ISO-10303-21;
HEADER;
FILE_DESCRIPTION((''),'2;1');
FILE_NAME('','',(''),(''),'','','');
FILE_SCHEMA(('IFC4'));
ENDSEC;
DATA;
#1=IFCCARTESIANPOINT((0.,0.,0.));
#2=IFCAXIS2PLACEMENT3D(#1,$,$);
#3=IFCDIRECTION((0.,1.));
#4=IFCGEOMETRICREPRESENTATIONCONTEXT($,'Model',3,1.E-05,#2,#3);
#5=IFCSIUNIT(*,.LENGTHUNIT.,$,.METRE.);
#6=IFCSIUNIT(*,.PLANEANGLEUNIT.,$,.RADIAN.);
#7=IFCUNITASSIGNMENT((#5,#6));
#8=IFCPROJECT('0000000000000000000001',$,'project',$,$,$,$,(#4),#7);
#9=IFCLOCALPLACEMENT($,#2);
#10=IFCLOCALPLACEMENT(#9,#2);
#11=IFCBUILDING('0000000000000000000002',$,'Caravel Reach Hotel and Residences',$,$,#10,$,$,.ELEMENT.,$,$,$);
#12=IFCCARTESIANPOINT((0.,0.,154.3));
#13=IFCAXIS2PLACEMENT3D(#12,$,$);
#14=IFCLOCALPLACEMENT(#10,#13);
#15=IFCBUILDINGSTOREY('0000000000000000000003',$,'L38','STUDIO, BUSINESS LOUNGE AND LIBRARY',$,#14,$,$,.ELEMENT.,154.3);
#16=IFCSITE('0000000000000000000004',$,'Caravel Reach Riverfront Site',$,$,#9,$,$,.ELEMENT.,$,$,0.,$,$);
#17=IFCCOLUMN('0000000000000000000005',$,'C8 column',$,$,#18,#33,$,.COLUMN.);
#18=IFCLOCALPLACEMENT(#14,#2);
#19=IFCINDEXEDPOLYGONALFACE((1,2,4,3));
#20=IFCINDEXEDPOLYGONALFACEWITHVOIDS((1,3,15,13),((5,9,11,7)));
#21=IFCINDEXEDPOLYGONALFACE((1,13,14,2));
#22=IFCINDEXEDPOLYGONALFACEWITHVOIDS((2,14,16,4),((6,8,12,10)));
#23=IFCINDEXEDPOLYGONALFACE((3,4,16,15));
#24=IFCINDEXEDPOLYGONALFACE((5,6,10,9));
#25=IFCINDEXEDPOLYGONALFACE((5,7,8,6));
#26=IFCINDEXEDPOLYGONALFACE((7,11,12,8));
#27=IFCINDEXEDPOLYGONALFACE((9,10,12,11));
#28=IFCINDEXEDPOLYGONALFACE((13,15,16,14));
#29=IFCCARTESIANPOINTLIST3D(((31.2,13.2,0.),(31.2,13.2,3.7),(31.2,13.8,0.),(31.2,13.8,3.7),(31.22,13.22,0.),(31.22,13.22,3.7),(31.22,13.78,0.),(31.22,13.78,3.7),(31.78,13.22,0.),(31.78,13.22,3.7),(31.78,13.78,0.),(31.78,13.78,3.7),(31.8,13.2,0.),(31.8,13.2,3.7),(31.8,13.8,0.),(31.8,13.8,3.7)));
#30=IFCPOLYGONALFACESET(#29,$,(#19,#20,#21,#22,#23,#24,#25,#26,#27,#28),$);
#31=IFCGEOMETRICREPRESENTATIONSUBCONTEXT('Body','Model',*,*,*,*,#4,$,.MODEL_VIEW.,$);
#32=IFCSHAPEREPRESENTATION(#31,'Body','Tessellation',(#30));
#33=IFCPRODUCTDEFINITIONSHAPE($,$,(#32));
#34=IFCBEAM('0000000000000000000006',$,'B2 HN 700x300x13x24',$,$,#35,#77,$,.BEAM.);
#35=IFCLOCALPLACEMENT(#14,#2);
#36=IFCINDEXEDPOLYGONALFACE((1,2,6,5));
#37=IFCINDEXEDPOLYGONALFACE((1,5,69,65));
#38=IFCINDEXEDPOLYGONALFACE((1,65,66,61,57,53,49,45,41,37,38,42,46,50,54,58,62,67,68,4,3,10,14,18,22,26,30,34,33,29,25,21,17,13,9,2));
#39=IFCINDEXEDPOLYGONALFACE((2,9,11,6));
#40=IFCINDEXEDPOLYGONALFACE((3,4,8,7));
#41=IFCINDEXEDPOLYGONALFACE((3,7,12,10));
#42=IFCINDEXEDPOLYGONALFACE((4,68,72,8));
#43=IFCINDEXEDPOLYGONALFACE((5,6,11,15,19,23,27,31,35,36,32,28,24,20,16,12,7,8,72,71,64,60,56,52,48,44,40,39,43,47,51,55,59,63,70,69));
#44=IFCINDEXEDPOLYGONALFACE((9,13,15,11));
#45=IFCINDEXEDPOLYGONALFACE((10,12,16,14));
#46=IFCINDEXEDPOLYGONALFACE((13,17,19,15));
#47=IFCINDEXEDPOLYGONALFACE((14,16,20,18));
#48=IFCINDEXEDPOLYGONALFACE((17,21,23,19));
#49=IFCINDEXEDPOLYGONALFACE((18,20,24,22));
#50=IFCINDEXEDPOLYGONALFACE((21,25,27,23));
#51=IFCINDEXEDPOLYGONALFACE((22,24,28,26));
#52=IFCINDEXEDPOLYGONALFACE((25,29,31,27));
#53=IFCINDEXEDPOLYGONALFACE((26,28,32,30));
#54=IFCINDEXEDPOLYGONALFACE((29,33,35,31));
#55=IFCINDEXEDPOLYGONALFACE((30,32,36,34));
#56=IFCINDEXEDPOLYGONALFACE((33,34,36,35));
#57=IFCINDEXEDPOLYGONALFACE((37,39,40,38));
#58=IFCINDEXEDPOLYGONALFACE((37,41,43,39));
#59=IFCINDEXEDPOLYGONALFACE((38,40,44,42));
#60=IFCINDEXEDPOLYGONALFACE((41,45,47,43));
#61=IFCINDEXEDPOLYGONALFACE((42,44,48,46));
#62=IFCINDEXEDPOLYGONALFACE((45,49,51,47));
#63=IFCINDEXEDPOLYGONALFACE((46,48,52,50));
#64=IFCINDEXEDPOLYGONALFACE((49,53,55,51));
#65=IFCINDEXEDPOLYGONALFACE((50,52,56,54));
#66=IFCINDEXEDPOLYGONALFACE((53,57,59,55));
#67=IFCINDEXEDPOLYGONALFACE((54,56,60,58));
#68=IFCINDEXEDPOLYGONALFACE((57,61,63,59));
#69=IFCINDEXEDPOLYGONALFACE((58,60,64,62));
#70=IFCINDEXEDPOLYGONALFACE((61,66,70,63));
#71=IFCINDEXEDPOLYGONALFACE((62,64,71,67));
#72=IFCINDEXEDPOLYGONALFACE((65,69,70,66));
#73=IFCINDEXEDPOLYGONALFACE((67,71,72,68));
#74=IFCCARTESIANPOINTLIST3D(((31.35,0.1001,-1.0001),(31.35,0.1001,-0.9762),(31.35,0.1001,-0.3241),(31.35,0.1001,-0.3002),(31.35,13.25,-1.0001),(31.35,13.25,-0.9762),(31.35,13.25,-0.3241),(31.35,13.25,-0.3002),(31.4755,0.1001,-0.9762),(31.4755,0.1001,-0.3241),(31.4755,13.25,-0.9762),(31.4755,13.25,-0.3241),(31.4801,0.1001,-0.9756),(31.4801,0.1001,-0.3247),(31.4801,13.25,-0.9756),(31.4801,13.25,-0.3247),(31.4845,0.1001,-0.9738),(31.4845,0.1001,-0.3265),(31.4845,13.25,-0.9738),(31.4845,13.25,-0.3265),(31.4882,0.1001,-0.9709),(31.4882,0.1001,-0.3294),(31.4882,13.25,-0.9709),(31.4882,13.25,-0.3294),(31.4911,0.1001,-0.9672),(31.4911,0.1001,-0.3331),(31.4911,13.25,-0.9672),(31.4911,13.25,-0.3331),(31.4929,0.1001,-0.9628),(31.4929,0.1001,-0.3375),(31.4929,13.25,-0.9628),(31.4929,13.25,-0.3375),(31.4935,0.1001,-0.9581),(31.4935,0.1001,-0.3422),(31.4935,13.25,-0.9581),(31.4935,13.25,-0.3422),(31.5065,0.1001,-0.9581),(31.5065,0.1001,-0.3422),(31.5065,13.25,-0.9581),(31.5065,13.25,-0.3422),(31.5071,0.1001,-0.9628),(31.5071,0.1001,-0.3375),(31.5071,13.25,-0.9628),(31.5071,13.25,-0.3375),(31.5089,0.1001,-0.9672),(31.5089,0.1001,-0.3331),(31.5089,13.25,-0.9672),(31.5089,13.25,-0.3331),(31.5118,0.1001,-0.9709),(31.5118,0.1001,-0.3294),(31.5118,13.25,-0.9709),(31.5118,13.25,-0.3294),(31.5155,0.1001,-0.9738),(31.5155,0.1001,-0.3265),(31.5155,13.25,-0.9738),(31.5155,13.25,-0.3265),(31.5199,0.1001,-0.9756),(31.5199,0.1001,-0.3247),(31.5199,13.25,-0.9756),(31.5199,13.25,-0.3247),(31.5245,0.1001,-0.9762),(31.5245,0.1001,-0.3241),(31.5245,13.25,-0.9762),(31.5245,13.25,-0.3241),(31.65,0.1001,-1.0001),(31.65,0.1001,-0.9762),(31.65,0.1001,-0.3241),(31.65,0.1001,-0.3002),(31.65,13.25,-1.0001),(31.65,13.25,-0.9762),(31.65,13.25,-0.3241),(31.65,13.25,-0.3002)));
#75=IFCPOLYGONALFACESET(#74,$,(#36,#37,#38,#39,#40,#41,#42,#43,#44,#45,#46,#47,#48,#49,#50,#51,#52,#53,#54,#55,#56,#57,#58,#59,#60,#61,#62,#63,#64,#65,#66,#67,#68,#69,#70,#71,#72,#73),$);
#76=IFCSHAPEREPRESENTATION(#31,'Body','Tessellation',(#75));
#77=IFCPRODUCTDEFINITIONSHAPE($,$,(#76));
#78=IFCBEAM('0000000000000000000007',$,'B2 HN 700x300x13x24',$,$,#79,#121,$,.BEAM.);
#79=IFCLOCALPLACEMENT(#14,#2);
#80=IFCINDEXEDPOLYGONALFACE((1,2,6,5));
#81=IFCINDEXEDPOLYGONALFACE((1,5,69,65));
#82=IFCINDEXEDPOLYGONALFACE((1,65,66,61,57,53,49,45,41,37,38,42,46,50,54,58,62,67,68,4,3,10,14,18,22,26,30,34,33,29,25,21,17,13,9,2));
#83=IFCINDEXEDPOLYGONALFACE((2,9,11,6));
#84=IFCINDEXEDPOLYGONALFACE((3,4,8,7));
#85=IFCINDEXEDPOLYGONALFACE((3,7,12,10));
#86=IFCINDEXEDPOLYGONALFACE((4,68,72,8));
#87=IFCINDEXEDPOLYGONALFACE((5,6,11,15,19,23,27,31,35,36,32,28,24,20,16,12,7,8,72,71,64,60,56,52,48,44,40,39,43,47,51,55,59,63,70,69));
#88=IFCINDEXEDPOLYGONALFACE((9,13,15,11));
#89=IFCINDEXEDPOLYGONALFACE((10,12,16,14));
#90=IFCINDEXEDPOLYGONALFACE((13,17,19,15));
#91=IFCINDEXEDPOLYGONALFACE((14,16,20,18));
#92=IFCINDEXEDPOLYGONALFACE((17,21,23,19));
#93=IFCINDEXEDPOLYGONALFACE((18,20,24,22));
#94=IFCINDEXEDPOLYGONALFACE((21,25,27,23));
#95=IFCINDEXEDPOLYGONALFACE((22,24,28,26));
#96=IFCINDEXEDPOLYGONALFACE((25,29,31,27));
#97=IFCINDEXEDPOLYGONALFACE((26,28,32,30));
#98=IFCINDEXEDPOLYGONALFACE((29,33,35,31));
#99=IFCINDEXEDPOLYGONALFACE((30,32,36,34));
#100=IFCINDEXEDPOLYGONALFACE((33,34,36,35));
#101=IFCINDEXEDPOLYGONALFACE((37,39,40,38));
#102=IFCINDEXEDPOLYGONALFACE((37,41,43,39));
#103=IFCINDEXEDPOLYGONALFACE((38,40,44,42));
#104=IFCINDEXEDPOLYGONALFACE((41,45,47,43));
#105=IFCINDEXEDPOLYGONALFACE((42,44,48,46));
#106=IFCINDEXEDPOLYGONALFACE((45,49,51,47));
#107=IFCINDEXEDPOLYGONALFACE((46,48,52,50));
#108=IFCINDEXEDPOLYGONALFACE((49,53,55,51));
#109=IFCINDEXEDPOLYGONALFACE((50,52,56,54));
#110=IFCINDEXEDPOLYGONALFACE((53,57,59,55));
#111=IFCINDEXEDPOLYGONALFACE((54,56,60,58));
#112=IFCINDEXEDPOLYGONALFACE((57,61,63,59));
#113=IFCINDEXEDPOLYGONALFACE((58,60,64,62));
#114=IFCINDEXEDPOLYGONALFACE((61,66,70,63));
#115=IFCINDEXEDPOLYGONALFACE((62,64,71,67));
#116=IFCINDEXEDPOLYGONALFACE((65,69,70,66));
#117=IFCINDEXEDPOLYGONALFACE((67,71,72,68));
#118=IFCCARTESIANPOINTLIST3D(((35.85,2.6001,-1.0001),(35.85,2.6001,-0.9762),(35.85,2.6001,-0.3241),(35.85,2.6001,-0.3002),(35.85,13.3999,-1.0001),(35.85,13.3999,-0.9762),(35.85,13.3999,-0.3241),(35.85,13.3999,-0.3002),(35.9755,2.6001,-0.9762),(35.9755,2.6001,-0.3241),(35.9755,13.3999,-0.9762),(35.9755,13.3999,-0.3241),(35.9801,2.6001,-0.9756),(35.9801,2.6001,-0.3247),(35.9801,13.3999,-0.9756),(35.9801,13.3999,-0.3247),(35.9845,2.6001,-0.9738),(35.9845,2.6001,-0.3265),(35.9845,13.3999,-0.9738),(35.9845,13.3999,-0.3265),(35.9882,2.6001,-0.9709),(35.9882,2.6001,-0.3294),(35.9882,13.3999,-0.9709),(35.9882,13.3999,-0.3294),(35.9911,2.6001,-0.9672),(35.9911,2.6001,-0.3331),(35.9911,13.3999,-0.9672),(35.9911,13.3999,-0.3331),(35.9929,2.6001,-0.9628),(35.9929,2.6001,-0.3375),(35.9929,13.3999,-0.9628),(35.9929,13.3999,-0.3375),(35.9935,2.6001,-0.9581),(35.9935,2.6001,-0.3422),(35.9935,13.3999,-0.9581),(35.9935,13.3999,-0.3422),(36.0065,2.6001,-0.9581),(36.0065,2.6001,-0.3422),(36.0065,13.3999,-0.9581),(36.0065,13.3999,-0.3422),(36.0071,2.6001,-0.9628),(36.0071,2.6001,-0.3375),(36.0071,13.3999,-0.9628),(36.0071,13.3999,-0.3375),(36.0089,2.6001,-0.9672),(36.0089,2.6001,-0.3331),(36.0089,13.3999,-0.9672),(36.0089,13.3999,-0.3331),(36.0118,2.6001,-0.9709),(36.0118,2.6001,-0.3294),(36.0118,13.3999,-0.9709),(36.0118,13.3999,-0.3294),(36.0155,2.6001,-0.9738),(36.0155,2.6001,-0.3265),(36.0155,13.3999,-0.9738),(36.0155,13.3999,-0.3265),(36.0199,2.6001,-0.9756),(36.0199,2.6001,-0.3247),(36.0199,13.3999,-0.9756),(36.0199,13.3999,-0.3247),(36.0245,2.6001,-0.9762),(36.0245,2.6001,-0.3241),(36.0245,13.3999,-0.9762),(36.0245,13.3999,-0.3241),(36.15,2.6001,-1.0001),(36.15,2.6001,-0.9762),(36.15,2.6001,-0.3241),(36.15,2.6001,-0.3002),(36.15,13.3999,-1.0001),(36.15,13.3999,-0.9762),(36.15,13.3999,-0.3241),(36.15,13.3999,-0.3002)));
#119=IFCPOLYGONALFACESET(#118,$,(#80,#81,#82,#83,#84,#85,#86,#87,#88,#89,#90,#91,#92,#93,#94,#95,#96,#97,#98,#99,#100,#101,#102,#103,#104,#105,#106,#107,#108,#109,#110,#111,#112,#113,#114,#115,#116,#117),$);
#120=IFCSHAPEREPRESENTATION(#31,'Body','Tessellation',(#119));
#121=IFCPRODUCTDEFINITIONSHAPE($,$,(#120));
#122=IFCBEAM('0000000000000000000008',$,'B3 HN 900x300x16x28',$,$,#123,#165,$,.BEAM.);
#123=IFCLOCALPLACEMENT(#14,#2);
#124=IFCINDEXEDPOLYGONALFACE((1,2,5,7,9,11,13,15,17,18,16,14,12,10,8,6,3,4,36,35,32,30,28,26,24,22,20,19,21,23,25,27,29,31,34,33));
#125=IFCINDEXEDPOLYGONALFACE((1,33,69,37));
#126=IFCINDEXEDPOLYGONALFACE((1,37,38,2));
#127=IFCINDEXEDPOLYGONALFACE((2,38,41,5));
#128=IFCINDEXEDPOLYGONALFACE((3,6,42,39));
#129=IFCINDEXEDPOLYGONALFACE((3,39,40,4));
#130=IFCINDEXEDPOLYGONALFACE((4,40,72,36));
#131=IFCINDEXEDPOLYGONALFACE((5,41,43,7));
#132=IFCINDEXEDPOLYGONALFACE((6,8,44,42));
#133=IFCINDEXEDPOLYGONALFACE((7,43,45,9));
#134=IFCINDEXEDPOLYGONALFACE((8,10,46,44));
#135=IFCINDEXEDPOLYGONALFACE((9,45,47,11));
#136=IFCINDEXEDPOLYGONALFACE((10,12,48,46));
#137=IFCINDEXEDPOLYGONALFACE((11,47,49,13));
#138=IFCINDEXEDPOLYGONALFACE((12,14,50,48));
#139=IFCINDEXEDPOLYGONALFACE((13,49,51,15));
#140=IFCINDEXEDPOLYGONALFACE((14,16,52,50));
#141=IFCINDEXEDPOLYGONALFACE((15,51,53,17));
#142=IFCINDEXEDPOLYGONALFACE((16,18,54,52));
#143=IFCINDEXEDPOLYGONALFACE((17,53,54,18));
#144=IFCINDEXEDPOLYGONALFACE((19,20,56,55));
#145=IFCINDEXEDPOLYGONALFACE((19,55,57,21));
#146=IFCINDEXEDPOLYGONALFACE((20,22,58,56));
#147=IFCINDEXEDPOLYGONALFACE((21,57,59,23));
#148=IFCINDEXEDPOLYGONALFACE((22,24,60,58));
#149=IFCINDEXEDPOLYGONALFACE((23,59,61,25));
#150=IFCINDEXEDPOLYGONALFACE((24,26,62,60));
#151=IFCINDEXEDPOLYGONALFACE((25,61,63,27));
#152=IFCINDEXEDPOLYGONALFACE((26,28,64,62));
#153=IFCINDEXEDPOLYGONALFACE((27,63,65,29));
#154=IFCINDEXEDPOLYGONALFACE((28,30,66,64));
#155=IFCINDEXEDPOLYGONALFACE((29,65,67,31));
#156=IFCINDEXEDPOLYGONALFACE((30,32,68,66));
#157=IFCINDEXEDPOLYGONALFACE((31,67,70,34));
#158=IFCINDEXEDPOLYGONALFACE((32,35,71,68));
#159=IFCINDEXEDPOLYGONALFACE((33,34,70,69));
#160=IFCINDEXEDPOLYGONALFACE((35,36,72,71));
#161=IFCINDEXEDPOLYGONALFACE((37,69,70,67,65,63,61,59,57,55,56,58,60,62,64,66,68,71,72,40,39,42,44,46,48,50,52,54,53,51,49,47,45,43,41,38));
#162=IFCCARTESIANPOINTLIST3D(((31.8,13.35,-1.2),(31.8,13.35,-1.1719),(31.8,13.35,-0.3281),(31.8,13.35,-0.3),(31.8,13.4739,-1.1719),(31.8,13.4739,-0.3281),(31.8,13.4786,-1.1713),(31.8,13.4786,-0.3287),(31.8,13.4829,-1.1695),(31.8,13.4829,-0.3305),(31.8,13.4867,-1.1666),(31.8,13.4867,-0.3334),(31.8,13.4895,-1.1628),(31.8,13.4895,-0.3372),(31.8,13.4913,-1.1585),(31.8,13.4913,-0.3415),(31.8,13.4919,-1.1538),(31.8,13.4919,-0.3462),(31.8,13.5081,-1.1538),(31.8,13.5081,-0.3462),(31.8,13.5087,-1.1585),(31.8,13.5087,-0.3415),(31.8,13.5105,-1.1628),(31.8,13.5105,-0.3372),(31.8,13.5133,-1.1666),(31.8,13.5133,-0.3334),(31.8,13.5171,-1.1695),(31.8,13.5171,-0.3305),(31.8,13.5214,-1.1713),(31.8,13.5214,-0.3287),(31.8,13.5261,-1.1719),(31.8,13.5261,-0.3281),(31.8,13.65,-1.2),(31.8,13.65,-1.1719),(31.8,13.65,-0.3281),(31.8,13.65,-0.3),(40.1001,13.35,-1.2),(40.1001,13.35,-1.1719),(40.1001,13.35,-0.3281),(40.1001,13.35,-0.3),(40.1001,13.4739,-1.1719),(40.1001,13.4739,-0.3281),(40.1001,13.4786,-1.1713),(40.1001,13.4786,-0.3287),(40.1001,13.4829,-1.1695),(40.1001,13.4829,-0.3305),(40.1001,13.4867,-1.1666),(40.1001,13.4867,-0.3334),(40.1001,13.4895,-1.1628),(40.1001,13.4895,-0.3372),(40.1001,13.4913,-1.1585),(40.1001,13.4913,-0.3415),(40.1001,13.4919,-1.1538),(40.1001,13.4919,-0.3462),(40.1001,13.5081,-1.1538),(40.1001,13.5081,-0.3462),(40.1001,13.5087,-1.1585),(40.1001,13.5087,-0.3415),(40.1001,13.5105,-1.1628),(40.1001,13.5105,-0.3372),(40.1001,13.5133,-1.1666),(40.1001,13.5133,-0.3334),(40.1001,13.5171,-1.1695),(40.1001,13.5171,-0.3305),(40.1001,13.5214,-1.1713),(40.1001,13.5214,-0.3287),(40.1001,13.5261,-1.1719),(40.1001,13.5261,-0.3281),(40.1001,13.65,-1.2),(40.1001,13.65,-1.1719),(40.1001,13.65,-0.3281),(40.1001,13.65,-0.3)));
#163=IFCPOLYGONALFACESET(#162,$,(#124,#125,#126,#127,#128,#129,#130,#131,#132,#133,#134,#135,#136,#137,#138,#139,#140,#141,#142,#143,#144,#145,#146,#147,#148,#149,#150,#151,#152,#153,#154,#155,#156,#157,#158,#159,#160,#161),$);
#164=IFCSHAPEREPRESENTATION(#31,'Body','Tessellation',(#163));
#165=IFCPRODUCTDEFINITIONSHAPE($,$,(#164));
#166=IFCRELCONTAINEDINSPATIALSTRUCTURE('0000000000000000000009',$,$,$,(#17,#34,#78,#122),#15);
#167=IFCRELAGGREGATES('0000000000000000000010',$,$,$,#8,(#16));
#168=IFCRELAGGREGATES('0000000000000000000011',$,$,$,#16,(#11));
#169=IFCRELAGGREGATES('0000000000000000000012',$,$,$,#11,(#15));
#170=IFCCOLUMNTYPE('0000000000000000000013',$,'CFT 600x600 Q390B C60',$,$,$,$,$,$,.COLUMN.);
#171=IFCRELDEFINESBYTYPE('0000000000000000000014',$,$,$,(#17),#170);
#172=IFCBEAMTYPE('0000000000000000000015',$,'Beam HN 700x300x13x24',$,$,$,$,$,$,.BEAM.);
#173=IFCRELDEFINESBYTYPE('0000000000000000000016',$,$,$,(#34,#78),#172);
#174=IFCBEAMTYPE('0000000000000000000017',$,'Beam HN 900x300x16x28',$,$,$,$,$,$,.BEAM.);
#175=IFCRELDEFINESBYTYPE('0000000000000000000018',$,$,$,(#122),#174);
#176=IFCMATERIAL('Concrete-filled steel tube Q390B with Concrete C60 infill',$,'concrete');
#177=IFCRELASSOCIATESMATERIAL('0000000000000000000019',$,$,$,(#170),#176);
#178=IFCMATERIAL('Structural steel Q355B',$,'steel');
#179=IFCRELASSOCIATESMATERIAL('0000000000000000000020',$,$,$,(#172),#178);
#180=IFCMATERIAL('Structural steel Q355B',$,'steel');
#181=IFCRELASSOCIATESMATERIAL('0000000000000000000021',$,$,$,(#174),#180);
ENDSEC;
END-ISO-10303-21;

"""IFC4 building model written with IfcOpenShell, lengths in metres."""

from ifc_helpers import new_model, si_unit, direction, frame, origin, origin_2d, place, context, subcontext, project, spatial, hollow_rectangle, i_section, extrude, material, material_profile, profile_set, type_object, element, save


model = new_model("IFC4")

# Units and contexts
model_context = context("Model", 3, precision=1e-05, world=origin(), true_north=direction((0.0, 1.0)))
body_context = subcontext(model_context, "Body", "Model", "MODEL_VIEW")
ifc_project = project(units=[si_unit("LENGTHUNIT", "METRE"), si_unit("PLANEANGLEUNIT", "RADIAN")], contexts=[model_context])

# Site, building, storey
site_placement = place(None, origin())
site = spatial("IfcSite", under=ifc_project, at=site_placement, Name="Caravel Reach Riverfront Site", CompositionType="ELEMENT", RefElevation=0.0)
building_placement = place(site_placement, origin())
building = spatial("IfcBuilding", under=site, at=building_placement, Name="Caravel Reach Hotel and Residences", CompositionType="ELEMENT")
storey_placement = place(building_placement, frame((0.0, 0.0, 154.3)))
storey = spatial("IfcBuildingStorey", under=building, at=storey_placement, Name="L38", Description="STUDIO, BUSINESS LOUNGE AND LIBRARY", CompositionType="ELEMENT", Elevation=154.3)

# Column
ifc_material_1 = material(Name="Concrete-filled steel tube Q390B with Concrete C60 infill", Category="concrete")
ifc_material_profile_1 = material_profile(ifc_material_1, hollow_rectangle(XDim=0.6001, YDim=0.6001, WallThickness=0.02, at=origin_2d()), Name="RHS 600x600x20")
ifc_profile_set_1 = profile_set([ifc_material_profile_1], Name="Concrete-filled steel tube Q390B with Concrete C60 infill")
column_type = type_object("IfcColumnType", Name="CFT 600x600 Q390B C60", PredefinedType="COLUMN", material=ifc_profile_set_1)
column_placement = place(storey_placement, frame((31.5, 13.5, 0.0), z_axis=(0.0, 0.0, 1.0), x_axis=(1.0, 0.0, 0.0)))
element("IfcColumn", 1, at=column_placement, inside=storey, type_object=column_type, Name="C8 column", PredefinedType="COLUMN", context=body_context, shape_type="SweptSolid", body=[
    extrude(hollow_rectangle(XDim=0.6001, YDim=0.6001, WallThickness=0.02, at=origin_2d()), origin(), (0.0, 0.0, 1.0), 3.7),
])

# Beams
ifc_material_2 = material(Name="Structural steel Q355B", Category="steel")
ifc_material_profile_2 = material_profile(ifc_material_2, i_section(OverallWidth=0.3, OverallDepth=0.7, WebThickness=0.0129, FlangeThickness=0.0239, FilletRadius=0.0181, at=origin_2d()), Name="HN 700x300x13x24")
ifc_profile_set_2 = profile_set([ifc_material_profile_2], Name="Structural steel Q355B")
beam_type_1 = type_object("IfcBeamType", Name="Beam HN 700x300x13x24", PredefinedType="BEAM", material=ifc_profile_set_2)
beam_1_placement = place(storey_placement, frame((31.5, 13.25, -0.6501), z_axis=(0.0, -1.0, 0.0), x_axis=(1.0, 0.0, 0.0)))
element("IfcBeam", 2, at=beam_1_placement, inside=storey, type_object=beam_type_1, Name="B2 HN 700x300x13x24", PredefinedType="BEAM", context=body_context, shape_type="SweptSolid", body=[
    extrude(i_section(OverallWidth=0.3, OverallDepth=0.7, WebThickness=0.0129, FlangeThickness=0.0239, FilletRadius=0.0181, at=origin_2d()), origin(), (0.0, 0.0, 1.0), 13.1499),
])
beam_2_placement = place(storey_placement, frame((36.0, 13.3999, -0.6501), z_axis=(0.0, -1.0, 0.0), x_axis=(1.0, 0.0, 0.0)))
element("IfcBeam", 3, at=beam_2_placement, inside=storey, type_object=beam_type_1, Name="B2 HN 700x300x13x24", PredefinedType="BEAM", context=body_context, shape_type="SweptSolid", body=[
    extrude(i_section(OverallWidth=0.3, OverallDepth=0.7, WebThickness=0.0129, FlangeThickness=0.0239, FilletRadius=0.0181, at=origin_2d()), origin(), (0.0, 0.0, 1.0), 10.7998),
])
ifc_material_3 = material(Name="Structural steel Q355B", Category="steel")
ifc_material_profile_3 = material_profile(ifc_material_3, i_section(OverallWidth=0.3, OverallDepth=0.8999, WebThickness=0.0161, FlangeThickness=0.0281, FilletRadius=0.0181, at=origin_2d()), Name="HN 900x300x16x28")
ifc_profile_set_3 = profile_set([ifc_material_profile_3], Name="Structural steel Q355B")
beam_type_2 = type_object("IfcBeamType", Name="Beam HN 900x300x16x28", PredefinedType="BEAM", material=ifc_profile_set_3)
beam_3_placement = place(storey_placement, frame((31.8, 13.5, -0.75), z_axis=(1.0, 0.0, 0.0), x_axis=(0.0, 1.0, 0.0)))
element("IfcBeam", 4, at=beam_3_placement, inside=storey, type_object=beam_type_2, Name="B3 HN 900x300x16x28", PredefinedType="BEAM", context=body_context, shape_type="SweptSolid", body=[
    extrude(i_section(OverallWidth=0.3, OverallDepth=0.8999, WebThickness=0.0161, FlangeThickness=0.0281, FilletRadius=0.0181, at=origin_2d()), origin(), (0.0, 0.0, 1.0), 8.3),
])

save(model, "model.ifc")
